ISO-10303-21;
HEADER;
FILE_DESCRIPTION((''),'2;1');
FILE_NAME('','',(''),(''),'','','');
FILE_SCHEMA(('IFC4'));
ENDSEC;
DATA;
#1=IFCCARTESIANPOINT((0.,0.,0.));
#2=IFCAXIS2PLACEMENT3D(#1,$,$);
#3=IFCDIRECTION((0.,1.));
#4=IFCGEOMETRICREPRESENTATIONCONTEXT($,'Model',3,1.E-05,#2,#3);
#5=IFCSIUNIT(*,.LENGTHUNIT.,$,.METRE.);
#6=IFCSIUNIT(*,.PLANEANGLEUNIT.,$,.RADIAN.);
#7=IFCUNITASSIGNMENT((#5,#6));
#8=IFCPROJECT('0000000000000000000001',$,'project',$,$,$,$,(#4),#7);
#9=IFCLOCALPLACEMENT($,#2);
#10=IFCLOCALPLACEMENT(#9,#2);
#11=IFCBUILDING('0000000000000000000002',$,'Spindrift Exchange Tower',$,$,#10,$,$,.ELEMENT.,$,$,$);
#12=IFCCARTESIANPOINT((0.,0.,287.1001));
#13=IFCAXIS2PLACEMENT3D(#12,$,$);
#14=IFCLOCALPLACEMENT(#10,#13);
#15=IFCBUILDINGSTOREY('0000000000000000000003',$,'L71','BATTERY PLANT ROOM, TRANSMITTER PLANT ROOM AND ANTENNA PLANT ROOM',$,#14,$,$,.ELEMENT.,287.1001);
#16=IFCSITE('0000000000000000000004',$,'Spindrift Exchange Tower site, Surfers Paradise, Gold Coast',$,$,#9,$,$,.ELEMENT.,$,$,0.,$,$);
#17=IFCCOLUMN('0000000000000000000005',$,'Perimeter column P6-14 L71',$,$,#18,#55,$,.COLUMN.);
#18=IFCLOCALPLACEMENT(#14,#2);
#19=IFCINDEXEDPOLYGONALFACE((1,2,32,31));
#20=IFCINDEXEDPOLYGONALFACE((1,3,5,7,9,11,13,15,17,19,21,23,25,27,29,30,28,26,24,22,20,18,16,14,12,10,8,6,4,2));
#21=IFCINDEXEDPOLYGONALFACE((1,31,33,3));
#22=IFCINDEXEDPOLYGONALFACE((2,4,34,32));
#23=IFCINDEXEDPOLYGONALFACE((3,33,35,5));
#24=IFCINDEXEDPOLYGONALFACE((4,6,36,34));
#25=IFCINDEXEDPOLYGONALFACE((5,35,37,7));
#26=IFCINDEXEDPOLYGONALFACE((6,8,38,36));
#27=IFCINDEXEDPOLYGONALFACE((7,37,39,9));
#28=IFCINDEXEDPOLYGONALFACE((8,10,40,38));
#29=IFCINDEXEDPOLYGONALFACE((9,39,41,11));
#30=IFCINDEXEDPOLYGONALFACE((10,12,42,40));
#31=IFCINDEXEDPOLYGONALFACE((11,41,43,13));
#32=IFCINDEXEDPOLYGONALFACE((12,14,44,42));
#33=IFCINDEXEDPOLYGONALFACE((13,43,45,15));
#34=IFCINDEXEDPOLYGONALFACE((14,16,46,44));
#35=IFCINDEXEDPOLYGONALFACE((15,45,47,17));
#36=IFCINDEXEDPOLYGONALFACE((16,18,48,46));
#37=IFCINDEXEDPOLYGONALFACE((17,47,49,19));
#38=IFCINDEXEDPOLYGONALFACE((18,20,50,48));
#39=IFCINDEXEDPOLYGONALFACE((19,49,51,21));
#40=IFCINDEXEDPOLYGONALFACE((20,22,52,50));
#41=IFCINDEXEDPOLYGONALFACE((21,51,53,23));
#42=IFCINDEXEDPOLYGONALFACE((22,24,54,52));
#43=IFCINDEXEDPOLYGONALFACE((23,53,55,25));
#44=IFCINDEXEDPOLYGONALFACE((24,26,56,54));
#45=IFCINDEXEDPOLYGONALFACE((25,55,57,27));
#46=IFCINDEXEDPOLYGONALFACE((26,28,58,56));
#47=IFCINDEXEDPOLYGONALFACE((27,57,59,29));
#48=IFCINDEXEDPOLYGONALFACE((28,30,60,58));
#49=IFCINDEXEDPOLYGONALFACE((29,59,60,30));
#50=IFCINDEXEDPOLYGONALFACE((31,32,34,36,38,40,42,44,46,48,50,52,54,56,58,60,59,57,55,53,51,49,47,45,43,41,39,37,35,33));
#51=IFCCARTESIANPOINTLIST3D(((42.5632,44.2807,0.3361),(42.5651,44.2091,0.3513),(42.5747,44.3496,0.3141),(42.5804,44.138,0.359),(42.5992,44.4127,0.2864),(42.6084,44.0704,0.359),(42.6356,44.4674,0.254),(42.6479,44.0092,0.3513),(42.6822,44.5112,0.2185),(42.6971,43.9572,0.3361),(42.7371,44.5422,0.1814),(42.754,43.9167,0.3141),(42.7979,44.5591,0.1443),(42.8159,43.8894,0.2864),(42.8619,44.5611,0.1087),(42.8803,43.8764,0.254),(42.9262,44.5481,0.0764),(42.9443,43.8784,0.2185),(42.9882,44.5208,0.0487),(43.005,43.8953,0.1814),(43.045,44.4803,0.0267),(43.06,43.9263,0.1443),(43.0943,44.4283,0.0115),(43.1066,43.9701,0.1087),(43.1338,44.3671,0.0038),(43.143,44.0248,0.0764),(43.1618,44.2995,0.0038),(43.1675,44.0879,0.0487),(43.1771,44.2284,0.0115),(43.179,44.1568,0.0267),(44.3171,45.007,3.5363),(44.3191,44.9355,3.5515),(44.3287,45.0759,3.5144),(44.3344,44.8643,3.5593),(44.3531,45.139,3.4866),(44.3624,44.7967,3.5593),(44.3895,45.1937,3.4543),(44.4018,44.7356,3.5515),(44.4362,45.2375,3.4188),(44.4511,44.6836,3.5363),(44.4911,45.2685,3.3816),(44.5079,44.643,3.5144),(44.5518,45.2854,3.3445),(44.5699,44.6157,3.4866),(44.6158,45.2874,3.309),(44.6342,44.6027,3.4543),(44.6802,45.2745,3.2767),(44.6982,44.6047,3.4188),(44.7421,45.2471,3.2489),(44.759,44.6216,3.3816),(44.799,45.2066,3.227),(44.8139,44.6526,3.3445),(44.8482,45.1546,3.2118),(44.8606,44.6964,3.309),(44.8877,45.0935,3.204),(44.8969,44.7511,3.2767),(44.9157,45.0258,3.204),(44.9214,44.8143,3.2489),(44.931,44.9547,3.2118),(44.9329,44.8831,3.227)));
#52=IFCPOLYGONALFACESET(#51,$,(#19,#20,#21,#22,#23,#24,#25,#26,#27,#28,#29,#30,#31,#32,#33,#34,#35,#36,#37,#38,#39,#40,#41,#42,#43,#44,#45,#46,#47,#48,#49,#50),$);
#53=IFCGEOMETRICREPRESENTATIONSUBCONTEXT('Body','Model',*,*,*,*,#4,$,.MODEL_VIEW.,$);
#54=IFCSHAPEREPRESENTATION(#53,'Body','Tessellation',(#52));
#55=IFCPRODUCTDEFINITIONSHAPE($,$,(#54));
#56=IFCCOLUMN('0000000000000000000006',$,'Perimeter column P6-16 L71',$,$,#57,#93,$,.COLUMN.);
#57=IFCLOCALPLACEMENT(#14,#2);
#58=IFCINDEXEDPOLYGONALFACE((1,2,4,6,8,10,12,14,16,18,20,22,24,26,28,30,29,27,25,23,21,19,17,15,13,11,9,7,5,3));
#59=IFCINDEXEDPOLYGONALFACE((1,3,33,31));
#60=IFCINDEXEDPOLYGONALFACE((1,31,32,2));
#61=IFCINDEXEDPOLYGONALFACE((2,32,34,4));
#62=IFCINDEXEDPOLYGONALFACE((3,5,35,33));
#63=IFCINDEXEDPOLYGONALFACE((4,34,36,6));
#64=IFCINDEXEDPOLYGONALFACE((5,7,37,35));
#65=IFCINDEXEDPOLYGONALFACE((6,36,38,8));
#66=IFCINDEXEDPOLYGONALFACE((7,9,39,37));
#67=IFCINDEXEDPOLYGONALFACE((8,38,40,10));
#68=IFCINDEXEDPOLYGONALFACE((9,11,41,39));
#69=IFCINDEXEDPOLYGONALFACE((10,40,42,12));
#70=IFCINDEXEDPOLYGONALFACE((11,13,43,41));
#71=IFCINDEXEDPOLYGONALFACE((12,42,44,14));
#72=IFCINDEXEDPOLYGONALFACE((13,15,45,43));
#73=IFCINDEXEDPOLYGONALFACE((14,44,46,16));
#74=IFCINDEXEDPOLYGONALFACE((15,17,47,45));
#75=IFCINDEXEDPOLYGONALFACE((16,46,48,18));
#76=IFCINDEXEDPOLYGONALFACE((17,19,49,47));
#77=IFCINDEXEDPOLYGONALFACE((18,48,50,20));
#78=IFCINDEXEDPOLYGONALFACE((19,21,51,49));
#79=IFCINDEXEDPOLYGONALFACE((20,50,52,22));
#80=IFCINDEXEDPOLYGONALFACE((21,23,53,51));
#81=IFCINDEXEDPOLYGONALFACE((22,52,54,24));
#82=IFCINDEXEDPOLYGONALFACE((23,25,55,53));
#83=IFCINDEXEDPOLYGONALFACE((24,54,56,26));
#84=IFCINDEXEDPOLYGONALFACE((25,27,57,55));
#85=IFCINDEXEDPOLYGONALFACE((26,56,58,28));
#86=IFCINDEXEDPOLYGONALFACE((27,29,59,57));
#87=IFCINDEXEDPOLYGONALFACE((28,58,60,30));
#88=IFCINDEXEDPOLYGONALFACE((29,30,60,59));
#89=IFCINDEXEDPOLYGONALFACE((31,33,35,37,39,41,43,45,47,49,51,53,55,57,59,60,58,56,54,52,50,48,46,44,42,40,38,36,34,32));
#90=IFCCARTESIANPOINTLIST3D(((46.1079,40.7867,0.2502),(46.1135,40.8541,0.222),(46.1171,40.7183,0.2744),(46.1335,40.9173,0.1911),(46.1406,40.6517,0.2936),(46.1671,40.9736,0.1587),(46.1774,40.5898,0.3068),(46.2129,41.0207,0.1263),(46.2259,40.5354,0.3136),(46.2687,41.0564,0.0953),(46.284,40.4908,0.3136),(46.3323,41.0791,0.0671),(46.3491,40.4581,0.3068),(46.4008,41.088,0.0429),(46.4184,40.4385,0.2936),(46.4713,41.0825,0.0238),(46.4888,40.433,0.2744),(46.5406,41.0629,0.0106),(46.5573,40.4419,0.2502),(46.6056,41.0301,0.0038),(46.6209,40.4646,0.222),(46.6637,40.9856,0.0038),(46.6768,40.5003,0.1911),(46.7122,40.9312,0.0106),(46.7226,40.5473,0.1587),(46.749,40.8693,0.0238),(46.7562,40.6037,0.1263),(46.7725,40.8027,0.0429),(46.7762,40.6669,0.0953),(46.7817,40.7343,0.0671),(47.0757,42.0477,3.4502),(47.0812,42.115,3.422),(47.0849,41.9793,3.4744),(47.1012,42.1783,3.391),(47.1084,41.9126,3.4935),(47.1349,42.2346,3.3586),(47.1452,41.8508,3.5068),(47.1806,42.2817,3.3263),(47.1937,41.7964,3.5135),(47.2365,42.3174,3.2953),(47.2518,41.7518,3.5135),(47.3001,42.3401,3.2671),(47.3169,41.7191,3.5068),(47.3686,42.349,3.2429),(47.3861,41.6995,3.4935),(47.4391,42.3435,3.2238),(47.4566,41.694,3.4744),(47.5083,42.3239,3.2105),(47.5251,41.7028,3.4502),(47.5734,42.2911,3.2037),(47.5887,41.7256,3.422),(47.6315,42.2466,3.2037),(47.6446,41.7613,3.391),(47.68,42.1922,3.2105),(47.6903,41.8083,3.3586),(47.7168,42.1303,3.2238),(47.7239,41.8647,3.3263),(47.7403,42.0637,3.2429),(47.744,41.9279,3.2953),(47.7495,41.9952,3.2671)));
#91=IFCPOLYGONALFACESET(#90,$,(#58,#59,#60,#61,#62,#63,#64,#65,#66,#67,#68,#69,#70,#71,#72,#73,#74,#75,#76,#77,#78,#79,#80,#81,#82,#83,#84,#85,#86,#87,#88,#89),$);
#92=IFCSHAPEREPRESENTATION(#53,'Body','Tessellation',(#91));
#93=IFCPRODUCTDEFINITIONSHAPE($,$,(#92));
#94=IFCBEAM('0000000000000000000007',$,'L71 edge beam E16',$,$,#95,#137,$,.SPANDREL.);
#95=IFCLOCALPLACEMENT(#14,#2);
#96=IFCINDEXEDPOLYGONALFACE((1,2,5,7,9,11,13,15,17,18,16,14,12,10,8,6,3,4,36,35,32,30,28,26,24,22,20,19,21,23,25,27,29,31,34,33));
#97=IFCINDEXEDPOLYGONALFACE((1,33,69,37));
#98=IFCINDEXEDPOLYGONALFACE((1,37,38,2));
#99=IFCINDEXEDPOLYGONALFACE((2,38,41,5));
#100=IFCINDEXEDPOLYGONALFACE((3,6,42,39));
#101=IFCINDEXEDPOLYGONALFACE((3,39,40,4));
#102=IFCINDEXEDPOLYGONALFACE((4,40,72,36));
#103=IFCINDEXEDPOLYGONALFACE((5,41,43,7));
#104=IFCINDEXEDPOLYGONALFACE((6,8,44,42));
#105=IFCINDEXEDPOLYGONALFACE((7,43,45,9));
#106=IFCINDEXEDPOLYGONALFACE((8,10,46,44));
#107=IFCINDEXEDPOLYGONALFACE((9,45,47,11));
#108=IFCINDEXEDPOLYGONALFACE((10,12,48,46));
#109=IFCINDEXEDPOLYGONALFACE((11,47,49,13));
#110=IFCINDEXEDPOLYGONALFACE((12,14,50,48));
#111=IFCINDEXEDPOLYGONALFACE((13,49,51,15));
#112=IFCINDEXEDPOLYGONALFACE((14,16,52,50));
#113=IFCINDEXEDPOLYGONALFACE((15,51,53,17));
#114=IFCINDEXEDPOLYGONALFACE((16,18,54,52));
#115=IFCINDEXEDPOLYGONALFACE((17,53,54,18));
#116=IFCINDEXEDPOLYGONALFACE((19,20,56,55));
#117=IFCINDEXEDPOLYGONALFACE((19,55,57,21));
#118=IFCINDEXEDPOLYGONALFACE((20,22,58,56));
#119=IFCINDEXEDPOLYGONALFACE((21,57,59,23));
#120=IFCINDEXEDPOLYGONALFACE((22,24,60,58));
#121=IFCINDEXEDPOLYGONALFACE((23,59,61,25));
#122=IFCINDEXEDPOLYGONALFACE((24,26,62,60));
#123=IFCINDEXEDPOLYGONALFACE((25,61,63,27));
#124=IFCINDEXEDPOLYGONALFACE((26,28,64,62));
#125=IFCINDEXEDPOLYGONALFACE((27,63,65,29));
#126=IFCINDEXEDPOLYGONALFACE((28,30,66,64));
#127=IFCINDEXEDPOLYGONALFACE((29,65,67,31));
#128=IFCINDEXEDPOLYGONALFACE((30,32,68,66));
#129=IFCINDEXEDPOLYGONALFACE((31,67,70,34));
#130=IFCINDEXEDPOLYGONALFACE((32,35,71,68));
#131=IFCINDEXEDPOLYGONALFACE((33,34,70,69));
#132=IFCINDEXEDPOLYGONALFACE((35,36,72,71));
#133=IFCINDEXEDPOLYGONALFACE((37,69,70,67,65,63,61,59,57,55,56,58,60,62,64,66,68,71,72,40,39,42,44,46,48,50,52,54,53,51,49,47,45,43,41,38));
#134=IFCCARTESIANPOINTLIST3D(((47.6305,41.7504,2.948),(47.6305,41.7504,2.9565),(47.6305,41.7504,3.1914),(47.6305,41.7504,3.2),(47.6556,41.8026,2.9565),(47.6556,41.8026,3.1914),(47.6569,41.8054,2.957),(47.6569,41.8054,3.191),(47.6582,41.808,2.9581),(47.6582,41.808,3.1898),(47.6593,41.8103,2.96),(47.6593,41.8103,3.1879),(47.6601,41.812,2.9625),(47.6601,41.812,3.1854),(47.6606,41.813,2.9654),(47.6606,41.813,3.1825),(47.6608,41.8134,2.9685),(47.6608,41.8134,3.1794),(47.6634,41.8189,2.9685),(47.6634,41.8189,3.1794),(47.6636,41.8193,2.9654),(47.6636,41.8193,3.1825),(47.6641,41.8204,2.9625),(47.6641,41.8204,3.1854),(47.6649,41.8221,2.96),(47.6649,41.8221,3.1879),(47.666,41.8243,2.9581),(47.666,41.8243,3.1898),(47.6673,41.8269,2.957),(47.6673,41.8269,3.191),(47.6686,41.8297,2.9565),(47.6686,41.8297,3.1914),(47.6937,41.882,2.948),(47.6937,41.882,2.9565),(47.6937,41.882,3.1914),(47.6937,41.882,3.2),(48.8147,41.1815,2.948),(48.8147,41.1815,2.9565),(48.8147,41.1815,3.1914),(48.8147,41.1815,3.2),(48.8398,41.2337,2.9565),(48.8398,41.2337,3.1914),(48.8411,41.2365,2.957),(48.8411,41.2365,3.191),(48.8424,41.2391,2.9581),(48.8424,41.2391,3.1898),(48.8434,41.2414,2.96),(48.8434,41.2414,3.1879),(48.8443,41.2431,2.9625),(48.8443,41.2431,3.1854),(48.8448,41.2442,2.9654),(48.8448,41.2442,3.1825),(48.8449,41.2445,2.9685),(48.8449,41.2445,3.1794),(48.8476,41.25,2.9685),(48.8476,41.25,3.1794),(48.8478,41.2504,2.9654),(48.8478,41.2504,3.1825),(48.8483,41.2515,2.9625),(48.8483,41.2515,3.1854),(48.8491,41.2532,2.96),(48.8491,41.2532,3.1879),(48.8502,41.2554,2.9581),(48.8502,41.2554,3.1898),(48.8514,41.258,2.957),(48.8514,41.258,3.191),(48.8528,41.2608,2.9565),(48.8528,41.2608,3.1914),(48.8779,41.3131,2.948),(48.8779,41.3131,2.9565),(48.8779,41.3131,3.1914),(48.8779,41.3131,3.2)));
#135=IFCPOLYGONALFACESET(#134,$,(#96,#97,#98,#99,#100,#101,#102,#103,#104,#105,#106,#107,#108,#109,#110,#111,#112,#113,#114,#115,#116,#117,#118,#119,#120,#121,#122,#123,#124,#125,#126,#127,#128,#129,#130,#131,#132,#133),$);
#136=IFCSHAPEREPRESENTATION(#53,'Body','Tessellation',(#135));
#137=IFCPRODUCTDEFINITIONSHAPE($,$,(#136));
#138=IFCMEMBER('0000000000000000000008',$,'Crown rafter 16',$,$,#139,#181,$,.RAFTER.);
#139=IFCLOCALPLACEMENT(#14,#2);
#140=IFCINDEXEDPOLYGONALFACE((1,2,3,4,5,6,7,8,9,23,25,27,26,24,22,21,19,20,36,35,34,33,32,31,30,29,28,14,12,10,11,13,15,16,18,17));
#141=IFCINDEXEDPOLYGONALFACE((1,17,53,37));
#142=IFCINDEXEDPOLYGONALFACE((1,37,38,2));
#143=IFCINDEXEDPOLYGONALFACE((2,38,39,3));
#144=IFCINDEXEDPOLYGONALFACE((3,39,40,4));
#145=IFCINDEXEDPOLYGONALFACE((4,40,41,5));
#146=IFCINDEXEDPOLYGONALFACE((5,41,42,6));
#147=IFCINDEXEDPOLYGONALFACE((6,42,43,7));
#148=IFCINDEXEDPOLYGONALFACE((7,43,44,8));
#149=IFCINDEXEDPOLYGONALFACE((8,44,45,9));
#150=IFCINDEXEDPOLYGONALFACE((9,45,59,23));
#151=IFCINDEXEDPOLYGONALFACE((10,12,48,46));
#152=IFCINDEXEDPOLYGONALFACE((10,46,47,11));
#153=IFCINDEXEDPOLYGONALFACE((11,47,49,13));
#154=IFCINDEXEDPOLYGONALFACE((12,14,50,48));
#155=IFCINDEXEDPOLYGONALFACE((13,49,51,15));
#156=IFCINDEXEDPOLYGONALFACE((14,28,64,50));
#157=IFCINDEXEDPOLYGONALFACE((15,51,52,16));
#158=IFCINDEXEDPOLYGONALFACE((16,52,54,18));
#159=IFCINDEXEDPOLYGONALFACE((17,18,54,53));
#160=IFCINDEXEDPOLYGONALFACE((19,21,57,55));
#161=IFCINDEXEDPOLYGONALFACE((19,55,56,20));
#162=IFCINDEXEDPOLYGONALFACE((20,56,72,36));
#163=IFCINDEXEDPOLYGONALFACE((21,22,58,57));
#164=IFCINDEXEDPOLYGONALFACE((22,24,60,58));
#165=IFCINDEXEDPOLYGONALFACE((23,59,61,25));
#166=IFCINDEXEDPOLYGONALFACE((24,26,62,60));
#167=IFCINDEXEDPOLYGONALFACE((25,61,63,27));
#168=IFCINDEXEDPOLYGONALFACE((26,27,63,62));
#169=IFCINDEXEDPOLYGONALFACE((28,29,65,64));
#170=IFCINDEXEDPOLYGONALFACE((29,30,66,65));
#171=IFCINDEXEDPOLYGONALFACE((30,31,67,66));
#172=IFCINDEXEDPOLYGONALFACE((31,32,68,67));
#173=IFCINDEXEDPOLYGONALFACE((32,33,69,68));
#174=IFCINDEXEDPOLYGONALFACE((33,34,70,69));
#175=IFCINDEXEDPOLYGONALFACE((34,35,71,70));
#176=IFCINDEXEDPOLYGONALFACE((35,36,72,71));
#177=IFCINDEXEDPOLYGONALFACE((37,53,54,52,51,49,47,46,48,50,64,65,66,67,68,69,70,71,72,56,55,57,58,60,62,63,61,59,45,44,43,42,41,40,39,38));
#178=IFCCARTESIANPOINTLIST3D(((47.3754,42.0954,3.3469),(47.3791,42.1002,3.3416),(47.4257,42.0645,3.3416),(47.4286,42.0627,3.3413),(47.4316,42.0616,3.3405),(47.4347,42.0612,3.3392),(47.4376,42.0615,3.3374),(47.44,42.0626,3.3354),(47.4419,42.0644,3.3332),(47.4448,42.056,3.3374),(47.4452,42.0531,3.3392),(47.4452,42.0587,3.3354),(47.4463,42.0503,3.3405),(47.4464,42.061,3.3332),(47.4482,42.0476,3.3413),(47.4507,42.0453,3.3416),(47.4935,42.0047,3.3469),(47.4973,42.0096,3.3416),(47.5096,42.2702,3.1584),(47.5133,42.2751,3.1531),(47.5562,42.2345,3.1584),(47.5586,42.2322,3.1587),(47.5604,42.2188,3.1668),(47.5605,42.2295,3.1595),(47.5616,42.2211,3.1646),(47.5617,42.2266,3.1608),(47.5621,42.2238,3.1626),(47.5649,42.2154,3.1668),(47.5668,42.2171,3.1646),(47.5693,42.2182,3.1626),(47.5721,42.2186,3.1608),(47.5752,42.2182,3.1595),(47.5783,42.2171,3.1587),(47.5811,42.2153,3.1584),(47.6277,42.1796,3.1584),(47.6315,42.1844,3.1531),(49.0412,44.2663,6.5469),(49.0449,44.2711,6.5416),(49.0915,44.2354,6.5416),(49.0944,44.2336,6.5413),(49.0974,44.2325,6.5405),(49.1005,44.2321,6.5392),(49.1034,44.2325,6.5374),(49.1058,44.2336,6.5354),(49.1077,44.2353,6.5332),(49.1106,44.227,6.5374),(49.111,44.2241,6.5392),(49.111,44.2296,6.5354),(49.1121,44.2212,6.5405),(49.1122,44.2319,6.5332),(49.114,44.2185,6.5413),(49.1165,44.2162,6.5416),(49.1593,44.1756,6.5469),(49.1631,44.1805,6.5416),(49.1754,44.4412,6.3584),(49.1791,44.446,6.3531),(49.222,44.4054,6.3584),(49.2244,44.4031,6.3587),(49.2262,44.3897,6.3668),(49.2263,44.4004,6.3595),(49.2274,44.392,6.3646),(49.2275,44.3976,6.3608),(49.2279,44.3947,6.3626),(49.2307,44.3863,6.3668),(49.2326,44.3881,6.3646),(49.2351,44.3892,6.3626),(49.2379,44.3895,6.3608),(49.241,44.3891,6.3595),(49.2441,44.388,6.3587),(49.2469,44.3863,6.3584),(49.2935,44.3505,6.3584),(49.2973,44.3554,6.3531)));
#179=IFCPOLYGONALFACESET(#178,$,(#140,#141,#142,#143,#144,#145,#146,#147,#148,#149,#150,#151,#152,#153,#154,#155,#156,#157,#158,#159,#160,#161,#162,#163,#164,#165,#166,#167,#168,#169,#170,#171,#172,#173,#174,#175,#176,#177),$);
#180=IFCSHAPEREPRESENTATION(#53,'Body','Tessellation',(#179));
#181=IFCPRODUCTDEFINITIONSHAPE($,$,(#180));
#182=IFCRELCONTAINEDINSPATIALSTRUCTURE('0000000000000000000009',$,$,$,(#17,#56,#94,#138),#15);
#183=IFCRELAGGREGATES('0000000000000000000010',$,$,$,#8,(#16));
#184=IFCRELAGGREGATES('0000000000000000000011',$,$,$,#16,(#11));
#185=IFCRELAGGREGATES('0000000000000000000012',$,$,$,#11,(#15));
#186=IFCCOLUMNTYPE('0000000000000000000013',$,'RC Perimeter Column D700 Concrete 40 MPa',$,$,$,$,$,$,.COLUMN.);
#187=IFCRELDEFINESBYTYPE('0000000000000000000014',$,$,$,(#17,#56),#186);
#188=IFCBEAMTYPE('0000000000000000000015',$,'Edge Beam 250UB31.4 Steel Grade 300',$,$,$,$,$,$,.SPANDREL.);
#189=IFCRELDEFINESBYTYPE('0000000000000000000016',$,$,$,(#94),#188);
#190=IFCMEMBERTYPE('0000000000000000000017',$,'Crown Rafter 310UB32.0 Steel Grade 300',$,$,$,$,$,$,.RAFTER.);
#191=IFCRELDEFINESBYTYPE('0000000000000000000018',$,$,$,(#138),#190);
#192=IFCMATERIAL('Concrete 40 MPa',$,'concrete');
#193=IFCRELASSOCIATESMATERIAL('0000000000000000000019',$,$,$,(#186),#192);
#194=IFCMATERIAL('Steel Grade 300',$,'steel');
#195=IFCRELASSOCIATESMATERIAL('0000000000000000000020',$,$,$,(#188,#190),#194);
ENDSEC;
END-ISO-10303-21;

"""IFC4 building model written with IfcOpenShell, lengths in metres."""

from ifc_helpers import new_model, si_unit, direction, frame, origin, origin_2d, place, context, subcontext, project, spatial, circle, i_section, extrude, source, transform, mapped, material, material_profile, profile_set, type_object, element, save


model = new_model("IFC4")

# Units and contexts
model_context = context("Model", 3, precision=1e-05, world=origin(), true_north=direction((0.0, 1.0)))
body_context = subcontext(model_context, "Body", "Model", "MODEL_VIEW")
ifc_project = project(units=[si_unit("LENGTHUNIT", "METRE"), si_unit("PLANEANGLEUNIT", "RADIAN")], contexts=[model_context])

# Site, building, storey
site_placement = place(None, origin())
site = spatial("IfcSite", under=ifc_project, at=site_placement, Name="Spindrift Exchange Tower site, Surfers Paradise, Gold Coast", CompositionType="ELEMENT", RefElevation=0.0)
building_placement = place(site_placement, origin())
building = spatial("IfcBuilding", under=site, at=building_placement, Name="Spindrift Exchange Tower", CompositionType="ELEMENT")
storey_placement = place(building_placement, frame((0.0, 0.0, 287.1001)))
storey = spatial("IfcBuildingStorey", under=building, at=storey_placement, Name="L71", Description="BATTERY PLANT ROOM, TRANSMITTER PLANT ROOM AND ANTENNA PLANT ROOM", CompositionType="ELEMENT", Elevation=287.1001)

# Columns
ifc_material_1 = material(Name="Concrete 40 MPa", Category="concrete")
ifc_material_profile_1 = material_profile(ifc_material_1, circle(Radius=0.3501, at=origin_2d()), Name="RC D700")
ifc_profile_set_1 = profile_set([ifc_material_profile_1], Name="Concrete 40 MPa")
column_type = type_object("IfcColumnType", Name="RC Perimeter Column D700 Concrete 40 MPa", PredefinedType="COLUMN", material=ifc_profile_set_1)
shared_shape_1 = source(origin(), body_context, "Body", "SweptSolid", [
    extrude(circle(Radius=0.3501, at=origin_2d()), origin(), (0.0, 0.0, 1.0), 3.7209),
])
column_1_placement = place(storey_placement, frame((42.8711, 44.2188, 0.1814), z_axis=(0.471368, 0.195201, 0.860063), x_axis=(-0.382605, 0.923912, 0.0)))
element("IfcColumn", 1, at=column_1_placement, inside=storey, type_object=column_type, Name="Perimeter column P6-14 L71", PredefinedType="COLUMN", context=body_context, shape_type="MappedRepresentation", body=[
    mapped(shared_shape_1, transform((0.0, 0.0, 0.0), scale=1.0)),
])
shared_shape_2 = source(origin(), body_context, "Body", "SweptSolid", [
    extrude(circle(Radius=0.3501, at=origin_2d()), origin(), (0.0, 0.0, 1.0), 3.573),
])
column_2_placement = place(storey_placement, frame((46.4448, 40.7605, 0.1587), z_axis=(0.270857, 0.35292, 0.895591), x_axis=(-0.793297, 0.608835, 0.0)))
element("IfcColumn", 2, at=column_2_placement, inside=storey, type_object=column_type, Name="Perimeter column P6-16 L71", PredefinedType="COLUMN", context=body_context, shape_type="MappedRepresentation", body=[
    mapped(shared_shape_2, transform((0.0, 0.0, 0.0), scale=1.0)),
])

# Beam
ifc_material_2 = material(Name="Steel Grade 300", Category="steel")
ifc_material_profile_2 = material_profile(ifc_material_2, i_section(OverallWidth=0.146, OverallDepth=0.252, WebThickness=0.0061, FlangeThickness=0.0085, FilletRadius=0.012, at=origin_2d()), Name="250UB31.4")
ifc_profile_set_2 = profile_set([ifc_material_profile_2], Name="Steel Grade 300")
beam_type = type_object("IfcBeamType", Name="Edge Beam 250UB31.4 Steel Grade 300", PredefinedType="SPANDREL", material=ifc_profile_set_2)
shared_shape_3 = source(origin(), body_context, "Body", "SweptSolid", [
    extrude(i_section(OverallWidth=0.146, OverallDepth=0.252, WebThickness=0.0061, FlangeThickness=0.0085, FilletRadius=0.012, at=origin_2d()), origin(), (0.0, 0.0, 1.0), 1.3137),
])
beam_placement = place(storey_placement, frame((47.6621, 41.8162, 3.074), z_axis=(0.901378, -0.433033, 0.0), x_axis=(0.433033, 0.901378, 0.0)))
element("IfcBeam", 3, at=beam_placement, inside=storey, type_object=beam_type, Name="L71 edge beam E16", PredefinedType="SPANDREL", context=body_context, shape_type="MappedRepresentation", body=[
    mapped(shared_shape_3, transform((0.0, 0.0, 0.0), scale=1.0)),
])

# Member
ifc_material_profile_3 = material_profile(ifc_material_2, i_section(OverallWidth=0.1489, OverallDepth=0.2981, WebThickness=0.0056, FlangeThickness=0.0081, FilletRadius=0.0129, at=origin_2d()), Name="310UB32.0")
ifc_profile_set_3 = profile_set([ifc_material_profile_3], Name="Steel Grade 300")
member_type_1 = type_object("IfcMemberType", Name="Crown Rafter 310UB32.0 Steel Grade 300", PredefinedType="RAFTER", material=ifc_profile_set_3)
shared_shape_4 = source(origin(), body_context, "Body", "SweptSolid", [
    extrude(i_section(OverallWidth=0.1489, OverallDepth=0.2981, WebThickness=0.0056, FlangeThickness=0.0081, FilletRadius=0.0129, at=origin_2d()), origin(), (0.0, 0.0, 1.0), 4.2104),
])
member_1_placement = place(storey_placement, frame((47.5034, 42.1399, 3.25), z_axis=(0.395635, 0.515607, 0.760015), x_axis=(-0.793356, 0.608757, 0.0)))
element("IfcMember", 4, at=member_1_placement, inside=storey, type_object=member_type_1, Name="Crown rafter 16", PredefinedType="RAFTER", context=body_context, shape_type="MappedRepresentation", body=[
    mapped(shared_shape_4, transform((0.0, 0.0, 0.0), scale=1.0)),
])

save(model, "model.ifc")
